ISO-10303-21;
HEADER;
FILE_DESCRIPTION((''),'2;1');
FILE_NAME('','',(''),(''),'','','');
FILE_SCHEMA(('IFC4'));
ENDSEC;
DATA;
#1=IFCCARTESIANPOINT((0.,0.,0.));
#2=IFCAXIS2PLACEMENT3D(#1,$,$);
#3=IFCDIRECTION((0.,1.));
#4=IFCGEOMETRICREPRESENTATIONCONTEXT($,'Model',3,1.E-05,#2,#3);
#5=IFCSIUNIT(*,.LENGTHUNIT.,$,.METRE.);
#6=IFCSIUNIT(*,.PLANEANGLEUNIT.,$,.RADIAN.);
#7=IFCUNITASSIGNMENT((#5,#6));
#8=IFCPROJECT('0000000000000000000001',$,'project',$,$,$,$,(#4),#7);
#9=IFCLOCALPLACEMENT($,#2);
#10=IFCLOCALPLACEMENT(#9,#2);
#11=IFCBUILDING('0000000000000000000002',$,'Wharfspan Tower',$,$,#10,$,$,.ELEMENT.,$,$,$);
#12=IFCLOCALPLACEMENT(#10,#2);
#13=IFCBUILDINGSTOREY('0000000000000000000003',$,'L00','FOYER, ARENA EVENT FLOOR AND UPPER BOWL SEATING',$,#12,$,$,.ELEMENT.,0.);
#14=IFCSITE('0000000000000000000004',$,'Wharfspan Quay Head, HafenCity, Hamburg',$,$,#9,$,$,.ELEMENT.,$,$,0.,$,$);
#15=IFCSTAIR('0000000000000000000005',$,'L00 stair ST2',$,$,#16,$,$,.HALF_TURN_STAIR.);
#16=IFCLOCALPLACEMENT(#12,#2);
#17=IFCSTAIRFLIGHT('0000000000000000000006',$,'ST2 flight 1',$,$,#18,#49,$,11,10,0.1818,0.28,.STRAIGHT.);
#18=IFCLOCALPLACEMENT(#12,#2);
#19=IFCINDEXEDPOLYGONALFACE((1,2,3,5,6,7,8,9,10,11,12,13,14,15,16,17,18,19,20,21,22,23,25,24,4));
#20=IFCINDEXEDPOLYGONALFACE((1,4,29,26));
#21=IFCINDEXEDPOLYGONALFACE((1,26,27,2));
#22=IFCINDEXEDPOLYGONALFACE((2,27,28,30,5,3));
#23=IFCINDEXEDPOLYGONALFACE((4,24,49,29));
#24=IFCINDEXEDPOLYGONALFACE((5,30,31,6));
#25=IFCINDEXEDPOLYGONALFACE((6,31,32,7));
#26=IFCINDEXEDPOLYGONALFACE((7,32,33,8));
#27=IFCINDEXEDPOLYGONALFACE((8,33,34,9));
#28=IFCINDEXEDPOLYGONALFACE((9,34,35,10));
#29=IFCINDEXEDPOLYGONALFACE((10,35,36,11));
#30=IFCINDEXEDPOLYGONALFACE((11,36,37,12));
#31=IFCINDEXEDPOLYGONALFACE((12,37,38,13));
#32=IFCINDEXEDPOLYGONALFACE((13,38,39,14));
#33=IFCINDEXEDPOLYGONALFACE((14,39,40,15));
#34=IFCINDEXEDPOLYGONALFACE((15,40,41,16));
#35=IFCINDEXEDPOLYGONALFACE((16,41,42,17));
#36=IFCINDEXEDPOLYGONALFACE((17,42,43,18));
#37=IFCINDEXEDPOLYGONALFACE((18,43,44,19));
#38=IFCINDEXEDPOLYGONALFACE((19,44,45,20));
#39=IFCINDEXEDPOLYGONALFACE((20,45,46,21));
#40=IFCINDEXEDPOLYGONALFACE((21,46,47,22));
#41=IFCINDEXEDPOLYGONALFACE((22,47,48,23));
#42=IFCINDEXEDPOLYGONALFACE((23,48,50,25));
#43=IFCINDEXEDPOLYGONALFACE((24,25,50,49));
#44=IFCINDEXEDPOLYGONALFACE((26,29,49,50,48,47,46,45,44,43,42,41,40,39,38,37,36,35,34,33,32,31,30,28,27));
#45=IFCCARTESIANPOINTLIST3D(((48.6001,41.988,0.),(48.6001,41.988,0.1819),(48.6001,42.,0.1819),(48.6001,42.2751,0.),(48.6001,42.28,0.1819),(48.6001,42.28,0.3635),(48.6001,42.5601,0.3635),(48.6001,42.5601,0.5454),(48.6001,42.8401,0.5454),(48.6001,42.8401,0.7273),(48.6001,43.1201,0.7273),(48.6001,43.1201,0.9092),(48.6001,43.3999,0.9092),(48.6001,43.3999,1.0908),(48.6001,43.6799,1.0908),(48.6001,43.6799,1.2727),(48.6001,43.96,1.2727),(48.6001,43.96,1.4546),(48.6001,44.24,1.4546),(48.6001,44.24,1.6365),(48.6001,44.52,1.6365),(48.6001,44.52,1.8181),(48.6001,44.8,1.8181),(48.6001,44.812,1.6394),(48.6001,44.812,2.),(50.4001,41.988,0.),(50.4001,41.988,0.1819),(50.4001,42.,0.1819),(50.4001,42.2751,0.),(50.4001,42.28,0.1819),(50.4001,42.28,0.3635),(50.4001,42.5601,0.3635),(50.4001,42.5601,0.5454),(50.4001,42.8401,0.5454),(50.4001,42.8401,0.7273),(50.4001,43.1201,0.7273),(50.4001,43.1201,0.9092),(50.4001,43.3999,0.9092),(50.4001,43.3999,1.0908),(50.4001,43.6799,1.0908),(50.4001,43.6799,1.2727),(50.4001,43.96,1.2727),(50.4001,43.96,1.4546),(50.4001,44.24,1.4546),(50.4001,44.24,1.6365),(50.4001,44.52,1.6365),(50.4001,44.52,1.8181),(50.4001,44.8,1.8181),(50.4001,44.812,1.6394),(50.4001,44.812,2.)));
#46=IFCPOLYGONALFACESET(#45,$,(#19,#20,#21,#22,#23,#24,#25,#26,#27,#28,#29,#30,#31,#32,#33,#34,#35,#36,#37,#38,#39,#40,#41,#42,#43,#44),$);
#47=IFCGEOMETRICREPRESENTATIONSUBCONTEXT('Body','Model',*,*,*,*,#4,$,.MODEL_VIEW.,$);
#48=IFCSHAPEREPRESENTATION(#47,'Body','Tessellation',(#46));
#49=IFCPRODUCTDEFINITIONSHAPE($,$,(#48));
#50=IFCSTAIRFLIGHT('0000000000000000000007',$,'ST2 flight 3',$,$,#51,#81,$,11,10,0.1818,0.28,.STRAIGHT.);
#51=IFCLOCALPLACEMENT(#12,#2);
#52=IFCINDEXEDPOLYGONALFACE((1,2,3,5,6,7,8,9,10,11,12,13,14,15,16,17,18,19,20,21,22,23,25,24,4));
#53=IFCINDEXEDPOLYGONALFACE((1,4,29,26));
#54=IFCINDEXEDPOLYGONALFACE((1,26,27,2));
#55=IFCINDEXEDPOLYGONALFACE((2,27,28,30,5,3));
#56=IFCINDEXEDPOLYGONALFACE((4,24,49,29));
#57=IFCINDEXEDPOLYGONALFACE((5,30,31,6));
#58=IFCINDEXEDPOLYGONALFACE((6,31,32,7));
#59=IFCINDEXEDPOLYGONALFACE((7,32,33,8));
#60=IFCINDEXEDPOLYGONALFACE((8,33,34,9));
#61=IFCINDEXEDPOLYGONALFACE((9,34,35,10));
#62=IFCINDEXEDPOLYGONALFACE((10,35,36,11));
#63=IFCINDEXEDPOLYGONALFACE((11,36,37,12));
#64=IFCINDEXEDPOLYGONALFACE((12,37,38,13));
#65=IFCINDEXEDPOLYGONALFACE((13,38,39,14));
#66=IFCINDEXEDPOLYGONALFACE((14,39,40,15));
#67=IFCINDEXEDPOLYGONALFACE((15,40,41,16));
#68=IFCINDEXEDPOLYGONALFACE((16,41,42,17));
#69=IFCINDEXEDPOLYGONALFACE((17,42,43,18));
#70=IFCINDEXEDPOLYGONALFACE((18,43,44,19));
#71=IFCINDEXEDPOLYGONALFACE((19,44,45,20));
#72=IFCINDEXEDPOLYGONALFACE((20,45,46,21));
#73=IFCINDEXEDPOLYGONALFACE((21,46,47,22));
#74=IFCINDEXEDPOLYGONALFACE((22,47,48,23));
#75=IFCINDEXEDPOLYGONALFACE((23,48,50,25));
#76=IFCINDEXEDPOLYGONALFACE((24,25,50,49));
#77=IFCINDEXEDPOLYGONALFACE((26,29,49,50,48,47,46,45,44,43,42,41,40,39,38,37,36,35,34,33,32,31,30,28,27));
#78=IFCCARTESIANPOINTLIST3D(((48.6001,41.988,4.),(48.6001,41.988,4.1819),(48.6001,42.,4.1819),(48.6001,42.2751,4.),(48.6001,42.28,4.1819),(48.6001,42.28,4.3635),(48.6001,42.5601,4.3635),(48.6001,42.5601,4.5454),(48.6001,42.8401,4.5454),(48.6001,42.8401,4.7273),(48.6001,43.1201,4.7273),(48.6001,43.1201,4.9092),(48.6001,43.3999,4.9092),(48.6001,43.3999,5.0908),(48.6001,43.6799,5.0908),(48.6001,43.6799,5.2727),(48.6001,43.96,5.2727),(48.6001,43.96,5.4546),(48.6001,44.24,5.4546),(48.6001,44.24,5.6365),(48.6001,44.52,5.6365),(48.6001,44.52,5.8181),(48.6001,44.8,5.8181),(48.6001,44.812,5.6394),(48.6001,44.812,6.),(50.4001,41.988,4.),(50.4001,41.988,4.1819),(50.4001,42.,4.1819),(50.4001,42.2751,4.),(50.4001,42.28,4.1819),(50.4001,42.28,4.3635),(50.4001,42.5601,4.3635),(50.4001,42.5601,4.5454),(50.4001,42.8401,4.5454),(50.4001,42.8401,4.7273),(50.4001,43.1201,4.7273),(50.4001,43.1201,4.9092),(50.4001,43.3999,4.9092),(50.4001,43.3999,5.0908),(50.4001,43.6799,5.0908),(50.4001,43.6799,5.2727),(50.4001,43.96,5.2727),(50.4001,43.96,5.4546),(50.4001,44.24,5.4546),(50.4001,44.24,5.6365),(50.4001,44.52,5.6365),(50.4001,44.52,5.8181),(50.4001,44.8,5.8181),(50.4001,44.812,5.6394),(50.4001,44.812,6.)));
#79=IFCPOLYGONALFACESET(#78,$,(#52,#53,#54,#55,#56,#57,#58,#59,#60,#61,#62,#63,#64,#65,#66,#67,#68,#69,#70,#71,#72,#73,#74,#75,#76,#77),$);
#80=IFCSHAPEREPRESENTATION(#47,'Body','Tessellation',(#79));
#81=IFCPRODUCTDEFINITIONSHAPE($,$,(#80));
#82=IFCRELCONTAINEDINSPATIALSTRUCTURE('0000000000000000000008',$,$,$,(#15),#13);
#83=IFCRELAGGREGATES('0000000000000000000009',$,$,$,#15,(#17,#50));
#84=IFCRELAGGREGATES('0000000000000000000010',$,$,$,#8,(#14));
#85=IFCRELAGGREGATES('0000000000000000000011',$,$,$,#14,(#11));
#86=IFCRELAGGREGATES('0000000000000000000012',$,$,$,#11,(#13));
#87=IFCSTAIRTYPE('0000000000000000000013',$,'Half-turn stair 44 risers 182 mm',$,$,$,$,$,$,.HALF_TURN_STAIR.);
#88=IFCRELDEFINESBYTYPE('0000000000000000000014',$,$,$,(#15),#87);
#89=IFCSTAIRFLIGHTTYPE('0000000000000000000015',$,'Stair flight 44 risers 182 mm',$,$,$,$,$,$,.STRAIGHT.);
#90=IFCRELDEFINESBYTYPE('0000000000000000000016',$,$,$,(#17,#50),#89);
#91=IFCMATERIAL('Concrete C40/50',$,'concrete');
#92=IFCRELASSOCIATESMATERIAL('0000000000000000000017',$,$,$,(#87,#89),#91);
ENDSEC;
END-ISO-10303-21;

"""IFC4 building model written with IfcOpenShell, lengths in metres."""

from ifc_helpers import new_model, si_unit, direction, frame, origin, place, context, subcontext, project, spatial, polyline, outline, extrude, material, type_object, element, aggregate, save


model = new_model("IFC4")

# Units and contexts
model_context = context("Model", 3, precision=1e-05, world=origin(), true_north=direction((0.0, 1.0)))
body_context = subcontext(model_context, "Body", "Model", "MODEL_VIEW")
ifc_project = project(units=[si_unit("LENGTHUNIT", "METRE"), si_unit("PLANEANGLEUNIT", "RADIAN")], contexts=[model_context])

# Site, building, storey
site_placement = place(None, origin())
site = spatial("IfcSite", under=ifc_project, at=site_placement, Name="Wharfspan Quay Head, HafenCity, Hamburg", CompositionType="ELEMENT", RefElevation=0.0)
building_placement = place(site_placement, origin())
building = spatial("IfcBuilding", under=site, at=building_placement, Name="Wharfspan Tower", CompositionType="ELEMENT")
storey_placement = place(building_placement, origin())
storey = spatial("IfcBuildingStorey", under=building, at=storey_placement, Name="L00", Description="FOYER, ARENA EVENT FLOOR AND UPPER BOWL SEATING", CompositionType="ELEMENT", Elevation=0.0)

# Stair, stair flights
ifc_material_1 = material(Name="Concrete C40/50", Category="concrete")
stair_type = type_object("IfcStairType", Name="Half-turn stair 44 risers 182 mm", PredefinedType="HALF_TURN_STAIR", material=ifc_material_1)
stair_placement = place(storey_placement, origin())
stair = element("IfcStair", 1, at=stair_placement, inside=storey, type_object=stair_type, Name="L00 stair ST2", PredefinedType="HALF_TURN_STAIR")
stair_flight_type = type_object("IfcStairFlightType", Name="Stair flight 44 risers 182 mm", PredefinedType="STRAIGHT", material=ifc_material_1)
stair_flight_1_placement = place(storey_placement, frame((49.5, 42.0, 0.0), z_axis=(0.0, 0.0, 1.0), x_axis=(0.0, 1.0, 0.0)))
stair_flight_1 = element("IfcStairFlight", 2, at=stair_flight_1_placement, type_object=stair_flight_type, Name="ST2 flight 1", NumberOfRisers=11, NumberOfTreads=10, PredefinedType="STRAIGHT", RiserHeight=0.1818, TreadLength=0.28, context=body_context, shape_type="SweptSolid", body=[
    extrude(outline(polyline([(-0.012, 0.0), (-0.012, 0.1819), (0.0, 0.1819), (0.28, 0.1819), (0.28, 0.3635), (0.5601, 0.3635), (0.5601, 0.5454), (0.8401, 0.5454), (0.8401, 0.7273), (1.1201, 0.7273), (1.1201, 0.9092), (1.3999, 0.9092), (1.3999, 1.0908), (1.6799, 1.0908), (1.6799, 1.2727), (1.96, 1.2727), (1.96, 1.4546), (2.24, 1.4546), (2.24, 1.6365), (2.52, 1.6365), (2.52, 1.8181), (2.8, 1.8181), (2.812, 2.0), (2.812, 1.6394), (0.2751, 0.0), (-0.012, 0.0)])), frame((0.0, 0.8999, 0.0), z_axis=(0.0, -1.0, 0.0), x_axis=(1.0, 0.0, 0.0)), (0.0, 0.0, 1.0), 1.8),
])
stair_flight_2_placement = place(storey_placement, frame((49.5, 42.0, 4.0), z_axis=(0.0, 0.0, 1.0), x_axis=(0.0, 1.0, 0.0)))
stair_flight_2 = element("IfcStairFlight", 3, at=stair_flight_2_placement, type_object=stair_flight_type, Name="ST2 flight 3", NumberOfRisers=11, NumberOfTreads=10, PredefinedType="STRAIGHT", RiserHeight=0.1818, TreadLength=0.28, context=body_context, shape_type="SweptSolid", body=[
    extrude(outline(polyline([(-0.012, 0.0), (-0.012, 0.1819), (0.0, 0.1819), (0.28, 0.1819), (0.28, 0.3635), (0.5601, 0.3635), (0.5601, 0.5454), (0.8401, 0.5454), (0.8401, 0.7273), (1.1201, 0.7273), (1.1201, 0.9092), (1.3999, 0.9092), (1.3999, 1.0908), (1.6799, 1.0908), (1.6799, 1.2727), (1.96, 1.2727), (1.96, 1.4546), (2.24, 1.4546), (2.24, 1.6365), (2.52, 1.6365), (2.52, 1.8181), (2.8, 1.8181), (2.812, 2.0), (2.812, 1.6394), (0.2751, 0.0), (-0.012, 0.0)])), frame((0.0, 0.8999, 0.0), z_axis=(0.0, -1.0, 0.0), x_axis=(1.0, 0.0, 0.0)), (0.0, 0.0, 1.0), 1.8),
])
aggregate(stair, [stair_flight_1, stair_flight_2])

save(model, "model.ifc")
